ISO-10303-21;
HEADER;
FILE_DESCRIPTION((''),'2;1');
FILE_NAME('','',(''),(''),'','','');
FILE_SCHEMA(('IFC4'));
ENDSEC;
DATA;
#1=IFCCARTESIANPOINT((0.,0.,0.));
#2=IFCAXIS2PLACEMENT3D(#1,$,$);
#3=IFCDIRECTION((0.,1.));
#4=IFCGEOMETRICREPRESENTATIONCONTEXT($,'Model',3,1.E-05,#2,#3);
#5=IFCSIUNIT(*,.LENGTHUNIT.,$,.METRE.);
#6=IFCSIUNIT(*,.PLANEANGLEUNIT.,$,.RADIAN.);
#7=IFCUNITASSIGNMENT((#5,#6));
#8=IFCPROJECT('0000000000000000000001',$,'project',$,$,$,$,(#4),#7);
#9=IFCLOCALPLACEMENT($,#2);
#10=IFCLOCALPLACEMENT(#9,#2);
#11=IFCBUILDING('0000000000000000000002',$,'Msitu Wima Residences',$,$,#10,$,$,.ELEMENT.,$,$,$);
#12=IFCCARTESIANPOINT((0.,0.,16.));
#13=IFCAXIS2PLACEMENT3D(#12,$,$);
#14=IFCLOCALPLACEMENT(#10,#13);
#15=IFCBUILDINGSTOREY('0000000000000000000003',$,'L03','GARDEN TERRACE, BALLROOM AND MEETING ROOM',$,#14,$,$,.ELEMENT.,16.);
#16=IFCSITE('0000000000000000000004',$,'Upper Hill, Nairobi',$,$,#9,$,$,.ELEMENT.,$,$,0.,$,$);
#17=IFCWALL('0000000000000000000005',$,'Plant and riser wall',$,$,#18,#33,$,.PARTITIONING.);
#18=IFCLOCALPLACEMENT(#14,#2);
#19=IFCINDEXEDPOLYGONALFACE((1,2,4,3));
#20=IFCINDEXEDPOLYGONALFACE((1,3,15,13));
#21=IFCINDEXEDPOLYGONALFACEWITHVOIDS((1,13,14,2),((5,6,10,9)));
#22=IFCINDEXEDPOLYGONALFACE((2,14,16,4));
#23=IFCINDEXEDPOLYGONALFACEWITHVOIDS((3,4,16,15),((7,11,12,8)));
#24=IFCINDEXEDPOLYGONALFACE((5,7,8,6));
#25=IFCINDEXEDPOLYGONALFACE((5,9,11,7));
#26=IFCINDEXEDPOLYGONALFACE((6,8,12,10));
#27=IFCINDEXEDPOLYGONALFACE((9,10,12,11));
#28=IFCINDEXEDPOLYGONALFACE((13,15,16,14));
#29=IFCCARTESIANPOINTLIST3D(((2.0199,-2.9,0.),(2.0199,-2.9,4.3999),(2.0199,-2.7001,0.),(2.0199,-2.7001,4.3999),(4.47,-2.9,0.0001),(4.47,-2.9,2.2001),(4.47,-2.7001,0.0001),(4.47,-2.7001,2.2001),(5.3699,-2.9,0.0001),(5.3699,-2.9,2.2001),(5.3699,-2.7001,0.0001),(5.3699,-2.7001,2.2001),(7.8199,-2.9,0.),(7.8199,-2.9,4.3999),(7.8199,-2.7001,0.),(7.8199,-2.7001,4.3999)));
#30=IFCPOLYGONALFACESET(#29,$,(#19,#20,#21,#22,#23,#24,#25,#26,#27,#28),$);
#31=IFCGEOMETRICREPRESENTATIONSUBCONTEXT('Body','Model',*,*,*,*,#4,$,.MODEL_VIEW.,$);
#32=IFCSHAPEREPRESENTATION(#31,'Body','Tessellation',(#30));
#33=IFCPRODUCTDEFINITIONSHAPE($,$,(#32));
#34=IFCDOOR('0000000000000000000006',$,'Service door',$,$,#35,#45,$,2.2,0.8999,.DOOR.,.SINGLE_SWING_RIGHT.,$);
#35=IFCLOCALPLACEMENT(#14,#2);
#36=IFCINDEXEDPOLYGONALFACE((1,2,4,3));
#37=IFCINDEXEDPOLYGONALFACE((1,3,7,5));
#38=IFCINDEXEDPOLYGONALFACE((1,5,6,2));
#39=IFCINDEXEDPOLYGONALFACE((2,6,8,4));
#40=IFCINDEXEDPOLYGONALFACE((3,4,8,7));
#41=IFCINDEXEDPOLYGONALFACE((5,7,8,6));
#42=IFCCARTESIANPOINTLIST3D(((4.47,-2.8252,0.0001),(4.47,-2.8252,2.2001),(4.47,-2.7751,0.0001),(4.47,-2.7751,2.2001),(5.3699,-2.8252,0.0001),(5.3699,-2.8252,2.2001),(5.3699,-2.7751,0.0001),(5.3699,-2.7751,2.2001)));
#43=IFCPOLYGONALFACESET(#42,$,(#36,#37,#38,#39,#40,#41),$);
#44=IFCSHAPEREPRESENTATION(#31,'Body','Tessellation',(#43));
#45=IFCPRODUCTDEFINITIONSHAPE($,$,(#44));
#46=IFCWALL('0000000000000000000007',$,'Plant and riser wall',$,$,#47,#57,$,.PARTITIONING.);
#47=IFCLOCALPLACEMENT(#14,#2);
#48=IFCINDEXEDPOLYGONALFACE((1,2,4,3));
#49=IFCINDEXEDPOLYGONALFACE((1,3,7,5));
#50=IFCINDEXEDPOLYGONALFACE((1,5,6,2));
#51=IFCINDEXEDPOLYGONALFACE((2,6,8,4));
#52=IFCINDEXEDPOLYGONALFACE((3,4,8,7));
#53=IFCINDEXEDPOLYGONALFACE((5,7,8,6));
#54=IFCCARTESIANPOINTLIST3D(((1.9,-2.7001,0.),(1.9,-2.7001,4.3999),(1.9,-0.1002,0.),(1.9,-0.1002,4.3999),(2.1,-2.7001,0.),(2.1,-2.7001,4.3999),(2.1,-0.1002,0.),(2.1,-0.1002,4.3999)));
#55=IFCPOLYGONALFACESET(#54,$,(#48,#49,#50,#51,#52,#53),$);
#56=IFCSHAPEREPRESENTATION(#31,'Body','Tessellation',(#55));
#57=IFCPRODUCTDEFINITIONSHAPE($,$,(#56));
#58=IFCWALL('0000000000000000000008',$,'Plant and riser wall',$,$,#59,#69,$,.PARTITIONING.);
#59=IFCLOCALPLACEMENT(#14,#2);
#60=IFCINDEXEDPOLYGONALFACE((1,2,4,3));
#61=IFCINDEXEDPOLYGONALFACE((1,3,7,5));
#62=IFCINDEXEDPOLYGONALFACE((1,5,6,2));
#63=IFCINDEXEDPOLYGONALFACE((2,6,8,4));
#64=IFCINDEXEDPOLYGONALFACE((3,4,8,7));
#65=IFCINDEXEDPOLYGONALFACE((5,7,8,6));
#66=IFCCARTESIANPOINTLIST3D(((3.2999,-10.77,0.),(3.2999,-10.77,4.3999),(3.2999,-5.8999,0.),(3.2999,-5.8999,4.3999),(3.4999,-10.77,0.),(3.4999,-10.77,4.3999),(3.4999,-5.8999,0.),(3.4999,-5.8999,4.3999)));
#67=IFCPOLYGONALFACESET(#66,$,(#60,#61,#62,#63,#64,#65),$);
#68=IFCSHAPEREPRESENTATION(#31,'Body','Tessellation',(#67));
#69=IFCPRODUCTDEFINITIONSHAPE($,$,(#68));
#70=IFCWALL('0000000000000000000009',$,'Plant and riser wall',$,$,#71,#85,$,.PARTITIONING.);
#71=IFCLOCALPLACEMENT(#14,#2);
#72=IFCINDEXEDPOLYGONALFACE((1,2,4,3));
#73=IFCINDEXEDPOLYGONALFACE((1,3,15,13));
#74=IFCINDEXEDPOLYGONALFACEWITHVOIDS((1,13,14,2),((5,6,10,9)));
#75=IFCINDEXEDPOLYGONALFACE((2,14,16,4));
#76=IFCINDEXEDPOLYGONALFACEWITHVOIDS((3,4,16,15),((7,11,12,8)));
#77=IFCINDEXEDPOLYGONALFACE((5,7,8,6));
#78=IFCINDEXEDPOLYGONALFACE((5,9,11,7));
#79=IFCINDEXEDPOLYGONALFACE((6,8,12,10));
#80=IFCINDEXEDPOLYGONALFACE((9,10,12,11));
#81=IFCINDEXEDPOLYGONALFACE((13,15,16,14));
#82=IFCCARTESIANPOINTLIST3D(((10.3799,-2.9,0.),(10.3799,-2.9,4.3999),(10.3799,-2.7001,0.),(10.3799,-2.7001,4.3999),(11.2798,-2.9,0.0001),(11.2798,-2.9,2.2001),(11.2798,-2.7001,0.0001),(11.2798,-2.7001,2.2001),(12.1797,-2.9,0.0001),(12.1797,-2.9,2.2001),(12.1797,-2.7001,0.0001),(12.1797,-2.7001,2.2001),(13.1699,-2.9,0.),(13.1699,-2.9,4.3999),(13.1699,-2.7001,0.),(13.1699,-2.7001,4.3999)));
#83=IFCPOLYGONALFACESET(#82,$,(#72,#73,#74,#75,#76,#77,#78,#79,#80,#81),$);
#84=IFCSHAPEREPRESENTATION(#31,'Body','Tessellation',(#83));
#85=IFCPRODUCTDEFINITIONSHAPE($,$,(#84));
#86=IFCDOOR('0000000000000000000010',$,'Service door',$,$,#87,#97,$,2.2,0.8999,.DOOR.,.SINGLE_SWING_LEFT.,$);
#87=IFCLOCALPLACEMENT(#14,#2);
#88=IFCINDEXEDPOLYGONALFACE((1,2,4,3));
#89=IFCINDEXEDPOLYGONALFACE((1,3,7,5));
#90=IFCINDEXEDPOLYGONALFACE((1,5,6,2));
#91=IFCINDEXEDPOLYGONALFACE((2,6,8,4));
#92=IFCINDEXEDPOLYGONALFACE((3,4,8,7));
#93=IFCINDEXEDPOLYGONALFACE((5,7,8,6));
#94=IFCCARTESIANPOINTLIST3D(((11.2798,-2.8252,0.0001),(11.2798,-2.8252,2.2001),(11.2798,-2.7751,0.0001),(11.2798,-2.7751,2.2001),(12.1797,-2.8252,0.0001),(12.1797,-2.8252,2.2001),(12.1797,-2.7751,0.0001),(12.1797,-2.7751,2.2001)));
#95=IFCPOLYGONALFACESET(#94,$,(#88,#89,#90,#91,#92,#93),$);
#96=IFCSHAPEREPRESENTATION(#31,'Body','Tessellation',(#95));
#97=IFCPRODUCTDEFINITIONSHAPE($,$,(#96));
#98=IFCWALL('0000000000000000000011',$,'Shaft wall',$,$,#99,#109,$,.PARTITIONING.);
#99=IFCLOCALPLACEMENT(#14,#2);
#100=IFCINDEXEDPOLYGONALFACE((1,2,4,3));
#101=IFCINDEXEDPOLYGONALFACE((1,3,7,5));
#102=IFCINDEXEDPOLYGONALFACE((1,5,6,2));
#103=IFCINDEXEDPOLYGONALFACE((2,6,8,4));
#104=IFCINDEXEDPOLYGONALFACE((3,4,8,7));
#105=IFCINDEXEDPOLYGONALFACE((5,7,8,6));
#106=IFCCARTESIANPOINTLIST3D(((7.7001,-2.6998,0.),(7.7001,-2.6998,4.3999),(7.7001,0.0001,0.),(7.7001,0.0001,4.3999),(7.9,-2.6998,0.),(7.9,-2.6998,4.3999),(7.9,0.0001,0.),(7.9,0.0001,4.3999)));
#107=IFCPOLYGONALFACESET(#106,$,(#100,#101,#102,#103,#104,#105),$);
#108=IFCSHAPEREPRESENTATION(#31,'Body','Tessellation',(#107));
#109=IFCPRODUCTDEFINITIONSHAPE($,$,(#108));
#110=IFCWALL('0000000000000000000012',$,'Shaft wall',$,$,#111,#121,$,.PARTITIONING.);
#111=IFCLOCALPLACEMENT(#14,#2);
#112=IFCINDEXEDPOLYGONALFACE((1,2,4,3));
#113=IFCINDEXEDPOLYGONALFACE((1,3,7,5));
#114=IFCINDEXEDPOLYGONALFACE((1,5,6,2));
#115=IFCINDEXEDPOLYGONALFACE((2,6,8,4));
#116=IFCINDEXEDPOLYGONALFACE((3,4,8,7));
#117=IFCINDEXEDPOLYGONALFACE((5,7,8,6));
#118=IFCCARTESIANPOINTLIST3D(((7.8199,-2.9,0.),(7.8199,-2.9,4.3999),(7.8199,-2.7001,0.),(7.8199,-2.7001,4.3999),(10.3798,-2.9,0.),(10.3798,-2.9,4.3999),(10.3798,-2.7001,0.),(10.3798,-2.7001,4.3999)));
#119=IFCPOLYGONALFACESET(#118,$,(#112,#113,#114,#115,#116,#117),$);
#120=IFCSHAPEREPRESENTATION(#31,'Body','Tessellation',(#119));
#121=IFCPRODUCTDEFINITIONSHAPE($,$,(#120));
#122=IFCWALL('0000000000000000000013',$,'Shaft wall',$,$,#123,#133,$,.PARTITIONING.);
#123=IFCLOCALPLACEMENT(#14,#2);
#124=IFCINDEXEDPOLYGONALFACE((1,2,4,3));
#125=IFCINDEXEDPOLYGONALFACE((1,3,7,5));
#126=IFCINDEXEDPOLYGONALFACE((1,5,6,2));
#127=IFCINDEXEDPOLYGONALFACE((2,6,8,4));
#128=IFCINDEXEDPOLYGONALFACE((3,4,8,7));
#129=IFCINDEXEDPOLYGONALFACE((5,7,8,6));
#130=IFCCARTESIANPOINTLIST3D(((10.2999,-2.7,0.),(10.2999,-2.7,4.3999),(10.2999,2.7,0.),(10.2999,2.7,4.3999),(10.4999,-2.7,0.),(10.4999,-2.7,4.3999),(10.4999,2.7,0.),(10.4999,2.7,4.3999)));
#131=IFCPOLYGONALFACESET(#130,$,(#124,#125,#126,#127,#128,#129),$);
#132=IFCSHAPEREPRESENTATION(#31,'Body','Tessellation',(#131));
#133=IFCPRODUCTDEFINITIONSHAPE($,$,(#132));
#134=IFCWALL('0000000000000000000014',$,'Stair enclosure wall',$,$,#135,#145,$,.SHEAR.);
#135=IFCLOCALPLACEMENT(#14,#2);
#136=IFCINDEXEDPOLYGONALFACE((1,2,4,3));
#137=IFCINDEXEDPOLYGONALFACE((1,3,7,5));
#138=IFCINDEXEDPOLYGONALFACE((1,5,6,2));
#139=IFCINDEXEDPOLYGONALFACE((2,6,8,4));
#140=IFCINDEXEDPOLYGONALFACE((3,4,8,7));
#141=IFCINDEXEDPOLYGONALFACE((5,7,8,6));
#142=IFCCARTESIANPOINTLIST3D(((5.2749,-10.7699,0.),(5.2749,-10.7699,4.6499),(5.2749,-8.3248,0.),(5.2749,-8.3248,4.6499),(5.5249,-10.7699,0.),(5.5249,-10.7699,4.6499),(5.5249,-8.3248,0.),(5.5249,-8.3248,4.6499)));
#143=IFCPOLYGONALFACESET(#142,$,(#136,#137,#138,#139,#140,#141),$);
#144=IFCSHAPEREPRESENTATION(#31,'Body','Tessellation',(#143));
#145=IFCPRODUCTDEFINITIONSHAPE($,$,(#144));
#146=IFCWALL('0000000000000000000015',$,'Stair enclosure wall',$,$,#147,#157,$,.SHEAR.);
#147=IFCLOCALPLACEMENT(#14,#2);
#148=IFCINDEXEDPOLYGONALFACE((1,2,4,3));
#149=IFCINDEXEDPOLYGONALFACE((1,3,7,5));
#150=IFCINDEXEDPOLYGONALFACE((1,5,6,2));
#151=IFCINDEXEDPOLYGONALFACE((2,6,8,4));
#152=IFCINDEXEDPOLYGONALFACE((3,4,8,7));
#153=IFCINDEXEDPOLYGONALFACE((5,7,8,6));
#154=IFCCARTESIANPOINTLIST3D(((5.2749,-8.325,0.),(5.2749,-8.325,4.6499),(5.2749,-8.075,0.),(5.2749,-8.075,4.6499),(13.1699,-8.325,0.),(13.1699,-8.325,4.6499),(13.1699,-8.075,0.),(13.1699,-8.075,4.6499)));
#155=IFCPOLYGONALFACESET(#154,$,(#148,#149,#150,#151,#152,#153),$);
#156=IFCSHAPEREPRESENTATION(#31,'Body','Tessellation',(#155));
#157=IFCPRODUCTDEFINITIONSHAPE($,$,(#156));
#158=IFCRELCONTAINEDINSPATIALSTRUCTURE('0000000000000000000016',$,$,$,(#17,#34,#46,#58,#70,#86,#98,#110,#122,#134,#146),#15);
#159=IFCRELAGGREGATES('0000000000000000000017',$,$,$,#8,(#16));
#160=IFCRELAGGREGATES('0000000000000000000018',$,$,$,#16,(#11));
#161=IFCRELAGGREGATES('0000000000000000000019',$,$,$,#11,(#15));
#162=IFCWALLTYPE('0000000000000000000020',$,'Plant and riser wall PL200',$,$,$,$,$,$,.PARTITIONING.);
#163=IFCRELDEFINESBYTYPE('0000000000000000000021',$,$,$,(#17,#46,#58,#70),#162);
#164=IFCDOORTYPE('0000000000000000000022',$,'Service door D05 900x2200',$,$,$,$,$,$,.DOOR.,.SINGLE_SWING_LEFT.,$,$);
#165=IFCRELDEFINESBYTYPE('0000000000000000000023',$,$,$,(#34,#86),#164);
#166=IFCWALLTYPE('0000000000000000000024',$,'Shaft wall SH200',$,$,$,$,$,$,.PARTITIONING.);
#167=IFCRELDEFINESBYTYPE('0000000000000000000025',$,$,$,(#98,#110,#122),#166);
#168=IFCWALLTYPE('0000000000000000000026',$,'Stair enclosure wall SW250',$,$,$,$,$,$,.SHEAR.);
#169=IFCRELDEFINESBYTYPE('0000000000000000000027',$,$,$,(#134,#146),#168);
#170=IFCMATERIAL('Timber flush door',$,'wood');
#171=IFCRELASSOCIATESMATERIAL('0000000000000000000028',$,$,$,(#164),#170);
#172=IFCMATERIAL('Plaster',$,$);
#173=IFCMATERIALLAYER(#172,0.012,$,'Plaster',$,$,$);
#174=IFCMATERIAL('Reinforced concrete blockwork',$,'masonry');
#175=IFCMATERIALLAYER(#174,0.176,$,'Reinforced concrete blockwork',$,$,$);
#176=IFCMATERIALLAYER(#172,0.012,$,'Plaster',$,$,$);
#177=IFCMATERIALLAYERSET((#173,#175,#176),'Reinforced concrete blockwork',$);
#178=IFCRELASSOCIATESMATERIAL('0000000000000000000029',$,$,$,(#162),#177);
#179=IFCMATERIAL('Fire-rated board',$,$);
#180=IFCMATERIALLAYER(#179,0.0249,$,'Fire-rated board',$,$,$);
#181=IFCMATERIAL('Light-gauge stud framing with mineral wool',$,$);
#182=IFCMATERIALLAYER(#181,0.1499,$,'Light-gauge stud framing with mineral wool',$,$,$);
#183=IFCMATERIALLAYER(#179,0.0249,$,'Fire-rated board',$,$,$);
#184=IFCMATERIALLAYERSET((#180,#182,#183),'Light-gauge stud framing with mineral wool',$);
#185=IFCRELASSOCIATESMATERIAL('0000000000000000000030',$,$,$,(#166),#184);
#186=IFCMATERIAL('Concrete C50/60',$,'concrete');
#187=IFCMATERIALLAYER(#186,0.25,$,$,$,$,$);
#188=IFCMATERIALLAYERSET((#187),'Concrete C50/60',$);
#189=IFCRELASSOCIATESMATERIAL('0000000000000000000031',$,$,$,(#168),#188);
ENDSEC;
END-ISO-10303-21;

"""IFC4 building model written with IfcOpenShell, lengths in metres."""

from ifc_helpers import new_model, si_unit, direction, frame, frame_2d, origin, place, context, subcontext, project, spatial, rectangle, extrude, material, layer, layer_set, type_object, element, fill, save


model = new_model("IFC4")

# Units and contexts
model_context = context("Model", 3, precision=1e-05, world=origin(), true_north=direction((0.0, 1.0)))
body_context = subcontext(model_context, "Body", "Model", "MODEL_VIEW")
ifc_project = project(units=[si_unit("LENGTHUNIT", "METRE"), si_unit("PLANEANGLEUNIT", "RADIAN")], contexts=[model_context])

# Site, building, storey
site_placement = place(None, origin())
site = spatial("IfcSite", under=ifc_project, at=site_placement, Name="Upper Hill, Nairobi", CompositionType="ELEMENT", RefElevation=0.0)
building_placement = place(site_placement, origin())
building = spatial("IfcBuilding", under=site, at=building_placement, Name="Msitu Wima Residences", CompositionType="ELEMENT")
storey_placement = place(building_placement, frame((0.0, 0.0, 16.0)))
storey = spatial("IfcBuildingStorey", under=building, at=storey_placement, Name="L03", Description="GARDEN TERRACE, BALLROOM AND MEETING ROOM", CompositionType="ELEMENT", Elevation=16.0)

# Shared definitions
ifc_material_1 = material(Name="Plaster")
ifc_material_2 = material(Name="Timber flush door", Category="wood")
door_type_1 = type_object("IfcDoorType", Name="Service door D05 900x2200", OperationType="SINGLE_SWING_LEFT", PredefinedType="DOOR", material=ifc_material_2)

# Wall, opening, door
ifc_layer_1 = layer(ifc_material_1, 0.012, Name="Plaster")
ifc_material_3 = material(Name="Reinforced concrete blockwork", Category="masonry")
ifc_layer_2 = layer(ifc_material_3, 0.176, Name="Reinforced concrete blockwork")
ifc_layer_3 = layer(ifc_material_1, 0.012, Name="Plaster")
ifc_layer_set_1 = layer_set([ifc_layer_1, ifc_layer_2, ifc_layer_3], Name="Reinforced concrete blockwork")
wall_type_1 = type_object("IfcWallType", Name="Plant and riser wall PL200", PredefinedType="PARTITIONING", material=ifc_layer_set_1)
wall_1_placement = place(storey_placement, frame((2.02, -2.8, 0.0), z_axis=(0.0, 0.0, 1.0), x_axis=(1.0, 0.0, 0.0)))
wall_1 = element("IfcWall", 1, at=wall_1_placement, inside=storey, type_object=wall_type_1, Name="Plant and riser wall", PredefinedType="PARTITIONING", context=body_context, shape_type="SweptSolid", body=[
    extrude(rectangle(XDim=5.8, YDim=0.2, at=frame_2d((2.8999, 0.0))), origin(), (0.0, 0.0, 1.0), 4.3999),
])
opening_1_placement = place(wall_1_placement, frame((2.45, 0.0, 0.0)))
opening_1 = element("IfcOpeningElement", 2, at=opening_1_placement, cuts=wall_1, PredefinedType="OPENING", context=body_context, shape_type="SweptSolid", body=[
    extrude(rectangle(XDim=0.8999, YDim=2.2, at=frame_2d((0.45, 1.1001))), frame((0.0, 0.1099, 0.0), z_axis=(0.0, -1.0, 0.0), x_axis=(1.0, 0.0, 0.0)), (0.0, 0.0, 1.0), 0.22),
])
door_1_placement = place(opening_1_placement, origin())
door_1 = element("IfcDoor", 3, at=door_1_placement, inside=storey, type_object=door_type_1, Name="Service door", OperationType="SINGLE_SWING_RIGHT", OverallHeight=2.2, OverallWidth=0.8999, PredefinedType="DOOR", context=body_context, shape_type="SweptSolid", body=[
    extrude(rectangle(XDim=0.8999, YDim=2.2, at=frame_2d((0.45, 1.1001))), frame((0.0, 0.0249, 0.0), z_axis=(0.0, -1.0, 0.0), x_axis=(1.0, 0.0, 0.0)), (0.0, 0.0, 1.0), 0.05),
])
fill(opening_1, door_1)

# Walls
wall_2_placement = place(storey_placement, frame((2.0, -2.7, 0.0), z_axis=(0.0, 0.0, 1.0), x_axis=(0.0, 1.0, 0.0)))
element("IfcWall", 4, at=wall_2_placement, inside=storey, type_object=wall_type_1, Name="Plant and riser wall", PredefinedType="PARTITIONING", context=body_context, shape_type="SweptSolid", body=[
    extrude(rectangle(XDim=2.5999, YDim=0.2, at=frame_2d((1.2998, 0.0))), origin(), (0.0, 0.0, 1.0), 4.3999),
])
wall_3_placement = place(storey_placement, frame((3.3999, -10.77, 0.0), z_axis=(0.0, 0.0, 1.0), x_axis=(0.0, 1.0, 0.0)))
element("IfcWall", 5, at=wall_3_placement, inside=storey, type_object=wall_type_1, Name="Plant and riser wall", PredefinedType="PARTITIONING", context=body_context, shape_type="SweptSolid", body=[
    extrude(rectangle(XDim=4.8701, YDim=0.2, at=frame_2d((2.4351, 0.0))), origin(), (0.0, 0.0, 1.0), 4.3999),
])

# Wall, opening, door
wall_4_placement = place(storey_placement, frame((10.3799, -2.8, 0.0), z_axis=(0.0, 0.0, 1.0), x_axis=(1.0, 0.0, 0.0)))
wall_4 = element("IfcWall", 6, at=wall_4_placement, inside=storey, type_object=wall_type_1, Name="Plant and riser wall", PredefinedType="PARTITIONING", context=body_context, shape_type="SweptSolid", body=[
    extrude(rectangle(XDim=2.79, YDim=0.2, at=frame_2d((1.395, 0.0))), origin(), (0.0, 0.0, 1.0), 4.3999),
])
opening_2_placement = place(wall_4_placement, frame((0.8999, 0.0, 0.0)))
opening_2 = element("IfcOpeningElement", 7, at=opening_2_placement, cuts=wall_4, PredefinedType="OPENING", context=body_context, shape_type="SweptSolid", body=[
    extrude(rectangle(XDim=0.8999, YDim=2.2, at=frame_2d((0.45, 1.1001))), frame((0.0, 0.1099, 0.0), z_axis=(0.0, -1.0, 0.0), x_axis=(1.0, 0.0, 0.0)), (0.0, 0.0, 1.0), 0.22),
])
door_2_placement = place(opening_2_placement, origin())
door_2 = element("IfcDoor", 8, at=door_2_placement, inside=storey, type_object=door_type_1, Name="Service door", OperationType="SINGLE_SWING_LEFT", OverallHeight=2.2, OverallWidth=0.8999, PredefinedType="DOOR", context=body_context, shape_type="SweptSolid", body=[
    extrude(rectangle(XDim=0.8999, YDim=2.2, at=frame_2d((0.45, 1.1001))), frame((0.0, 0.0249, 0.0), z_axis=(0.0, -1.0, 0.0), x_axis=(1.0, 0.0, 0.0)), (0.0, 0.0, 1.0), 0.05),
])
fill(opening_2, door_2)

# Walls
ifc_material_4 = material(Name="Fire-rated board")
ifc_layer_4 = layer(ifc_material_4, 0.0249, Name="Fire-rated board")
ifc_material_5 = material(Name="Light-gauge stud framing with mineral wool")
ifc_layer_5 = layer(ifc_material_5, 0.1499, Name="Light-gauge stud framing with mineral wool")
ifc_layer_6 = layer(ifc_material_4, 0.0249, Name="Fire-rated board")
ifc_layer_set_2 = layer_set([ifc_layer_4, ifc_layer_5, ifc_layer_6], Name="Light-gauge stud framing with mineral wool")
wall_type_2 = type_object("IfcWallType", Name="Shaft wall SH200", PredefinedType="PARTITIONING", material=ifc_layer_set_2)
wall_5_placement = place(storey_placement, frame((7.8, -2.7, 0.0), z_axis=(0.0, 0.0, 1.0), x_axis=(0.0, 1.0, 0.0)))
element("IfcWall", 9, at=wall_5_placement, inside=storey, type_object=wall_type_2, Name="Shaft wall", PredefinedType="PARTITIONING", context=body_context, shape_type="SweptSolid", body=[
    extrude(rectangle(XDim=2.7, YDim=0.2, at=frame_2d((1.3501, 0.0))), origin(), (0.0, 0.0, 1.0), 4.3999),
])
wall_6_placement = place(storey_placement, frame((7.8201, -2.8, 0.0), z_axis=(0.0, 0.0, 1.0), x_axis=(1.0, 0.0, 0.0)))
element("IfcWall", 10, at=wall_6_placement, inside=storey, type_object=wall_type_2, Name="Shaft wall", PredefinedType="PARTITIONING", context=body_context, shape_type="SweptSolid", body=[
    extrude(rectangle(XDim=2.5598, YDim=0.2, at=frame_2d((1.2798, 0.0))), origin(), (0.0, 0.0, 1.0), 4.3999),
])
wall_7_placement = place(storey_placement, frame((10.3999, -2.7, 0.0), z_axis=(0.0, 0.0, 1.0), x_axis=(0.0, 1.0, 0.0)))
element("IfcWall", 11, at=wall_7_placement, inside=storey, type_object=wall_type_2, Name="Shaft wall", PredefinedType="PARTITIONING", context=body_context, shape_type="SweptSolid", body=[
    extrude(rectangle(XDim=5.3999, YDim=0.2, at=frame_2d((2.7, 0.0))), origin(), (0.0, 0.0, 1.0), 4.3999),
])
ifc_material_6 = material(Name="Concrete C50/60", Category="concrete")
ifc_layer_7 = layer(ifc_material_6, 0.25)
ifc_layer_set_3 = layer_set([ifc_layer_7], Name="Concrete C50/60")
wall_type_3 = type_object("IfcWallType", Name="Stair enclosure wall SW250", PredefinedType="SHEAR", material=ifc_layer_set_3)
wall_8_placement = place(storey_placement, frame((5.3999, -10.77, 0.0), z_axis=(0.0, 0.0, 1.0), x_axis=(0.0, 1.0, 0.0)))
element("IfcWall", 12, at=wall_8_placement, inside=storey, type_object=wall_type_3, Name="Stair enclosure wall", PredefinedType="SHEAR", context=body_context, shape_type="SweptSolid", body=[
    extrude(rectangle(XDim=2.4451, YDim=0.25, at=frame_2d((1.2227, 0.0))), origin(), (0.0, 0.0, 1.0), 4.6499),
])
wall_9_placement = place(storey_placement, frame((5.2749, -8.2, 0.0), z_axis=(0.0, 0.0, 1.0), x_axis=(1.0, 0.0, 0.0)))
element("IfcWall", 13, at=wall_9_placement, inside=storey, type_object=wall_type_3, Name="Stair enclosure wall", PredefinedType="SHEAR", context=body_context, shape_type="SweptSolid", body=[
    extrude(rectangle(XDim=7.895, YDim=0.25, at=frame_2d((3.9475, 0.0))), origin(), (0.0, 0.0, 1.0), 4.6499),
])

save(model, "model.ifc")
